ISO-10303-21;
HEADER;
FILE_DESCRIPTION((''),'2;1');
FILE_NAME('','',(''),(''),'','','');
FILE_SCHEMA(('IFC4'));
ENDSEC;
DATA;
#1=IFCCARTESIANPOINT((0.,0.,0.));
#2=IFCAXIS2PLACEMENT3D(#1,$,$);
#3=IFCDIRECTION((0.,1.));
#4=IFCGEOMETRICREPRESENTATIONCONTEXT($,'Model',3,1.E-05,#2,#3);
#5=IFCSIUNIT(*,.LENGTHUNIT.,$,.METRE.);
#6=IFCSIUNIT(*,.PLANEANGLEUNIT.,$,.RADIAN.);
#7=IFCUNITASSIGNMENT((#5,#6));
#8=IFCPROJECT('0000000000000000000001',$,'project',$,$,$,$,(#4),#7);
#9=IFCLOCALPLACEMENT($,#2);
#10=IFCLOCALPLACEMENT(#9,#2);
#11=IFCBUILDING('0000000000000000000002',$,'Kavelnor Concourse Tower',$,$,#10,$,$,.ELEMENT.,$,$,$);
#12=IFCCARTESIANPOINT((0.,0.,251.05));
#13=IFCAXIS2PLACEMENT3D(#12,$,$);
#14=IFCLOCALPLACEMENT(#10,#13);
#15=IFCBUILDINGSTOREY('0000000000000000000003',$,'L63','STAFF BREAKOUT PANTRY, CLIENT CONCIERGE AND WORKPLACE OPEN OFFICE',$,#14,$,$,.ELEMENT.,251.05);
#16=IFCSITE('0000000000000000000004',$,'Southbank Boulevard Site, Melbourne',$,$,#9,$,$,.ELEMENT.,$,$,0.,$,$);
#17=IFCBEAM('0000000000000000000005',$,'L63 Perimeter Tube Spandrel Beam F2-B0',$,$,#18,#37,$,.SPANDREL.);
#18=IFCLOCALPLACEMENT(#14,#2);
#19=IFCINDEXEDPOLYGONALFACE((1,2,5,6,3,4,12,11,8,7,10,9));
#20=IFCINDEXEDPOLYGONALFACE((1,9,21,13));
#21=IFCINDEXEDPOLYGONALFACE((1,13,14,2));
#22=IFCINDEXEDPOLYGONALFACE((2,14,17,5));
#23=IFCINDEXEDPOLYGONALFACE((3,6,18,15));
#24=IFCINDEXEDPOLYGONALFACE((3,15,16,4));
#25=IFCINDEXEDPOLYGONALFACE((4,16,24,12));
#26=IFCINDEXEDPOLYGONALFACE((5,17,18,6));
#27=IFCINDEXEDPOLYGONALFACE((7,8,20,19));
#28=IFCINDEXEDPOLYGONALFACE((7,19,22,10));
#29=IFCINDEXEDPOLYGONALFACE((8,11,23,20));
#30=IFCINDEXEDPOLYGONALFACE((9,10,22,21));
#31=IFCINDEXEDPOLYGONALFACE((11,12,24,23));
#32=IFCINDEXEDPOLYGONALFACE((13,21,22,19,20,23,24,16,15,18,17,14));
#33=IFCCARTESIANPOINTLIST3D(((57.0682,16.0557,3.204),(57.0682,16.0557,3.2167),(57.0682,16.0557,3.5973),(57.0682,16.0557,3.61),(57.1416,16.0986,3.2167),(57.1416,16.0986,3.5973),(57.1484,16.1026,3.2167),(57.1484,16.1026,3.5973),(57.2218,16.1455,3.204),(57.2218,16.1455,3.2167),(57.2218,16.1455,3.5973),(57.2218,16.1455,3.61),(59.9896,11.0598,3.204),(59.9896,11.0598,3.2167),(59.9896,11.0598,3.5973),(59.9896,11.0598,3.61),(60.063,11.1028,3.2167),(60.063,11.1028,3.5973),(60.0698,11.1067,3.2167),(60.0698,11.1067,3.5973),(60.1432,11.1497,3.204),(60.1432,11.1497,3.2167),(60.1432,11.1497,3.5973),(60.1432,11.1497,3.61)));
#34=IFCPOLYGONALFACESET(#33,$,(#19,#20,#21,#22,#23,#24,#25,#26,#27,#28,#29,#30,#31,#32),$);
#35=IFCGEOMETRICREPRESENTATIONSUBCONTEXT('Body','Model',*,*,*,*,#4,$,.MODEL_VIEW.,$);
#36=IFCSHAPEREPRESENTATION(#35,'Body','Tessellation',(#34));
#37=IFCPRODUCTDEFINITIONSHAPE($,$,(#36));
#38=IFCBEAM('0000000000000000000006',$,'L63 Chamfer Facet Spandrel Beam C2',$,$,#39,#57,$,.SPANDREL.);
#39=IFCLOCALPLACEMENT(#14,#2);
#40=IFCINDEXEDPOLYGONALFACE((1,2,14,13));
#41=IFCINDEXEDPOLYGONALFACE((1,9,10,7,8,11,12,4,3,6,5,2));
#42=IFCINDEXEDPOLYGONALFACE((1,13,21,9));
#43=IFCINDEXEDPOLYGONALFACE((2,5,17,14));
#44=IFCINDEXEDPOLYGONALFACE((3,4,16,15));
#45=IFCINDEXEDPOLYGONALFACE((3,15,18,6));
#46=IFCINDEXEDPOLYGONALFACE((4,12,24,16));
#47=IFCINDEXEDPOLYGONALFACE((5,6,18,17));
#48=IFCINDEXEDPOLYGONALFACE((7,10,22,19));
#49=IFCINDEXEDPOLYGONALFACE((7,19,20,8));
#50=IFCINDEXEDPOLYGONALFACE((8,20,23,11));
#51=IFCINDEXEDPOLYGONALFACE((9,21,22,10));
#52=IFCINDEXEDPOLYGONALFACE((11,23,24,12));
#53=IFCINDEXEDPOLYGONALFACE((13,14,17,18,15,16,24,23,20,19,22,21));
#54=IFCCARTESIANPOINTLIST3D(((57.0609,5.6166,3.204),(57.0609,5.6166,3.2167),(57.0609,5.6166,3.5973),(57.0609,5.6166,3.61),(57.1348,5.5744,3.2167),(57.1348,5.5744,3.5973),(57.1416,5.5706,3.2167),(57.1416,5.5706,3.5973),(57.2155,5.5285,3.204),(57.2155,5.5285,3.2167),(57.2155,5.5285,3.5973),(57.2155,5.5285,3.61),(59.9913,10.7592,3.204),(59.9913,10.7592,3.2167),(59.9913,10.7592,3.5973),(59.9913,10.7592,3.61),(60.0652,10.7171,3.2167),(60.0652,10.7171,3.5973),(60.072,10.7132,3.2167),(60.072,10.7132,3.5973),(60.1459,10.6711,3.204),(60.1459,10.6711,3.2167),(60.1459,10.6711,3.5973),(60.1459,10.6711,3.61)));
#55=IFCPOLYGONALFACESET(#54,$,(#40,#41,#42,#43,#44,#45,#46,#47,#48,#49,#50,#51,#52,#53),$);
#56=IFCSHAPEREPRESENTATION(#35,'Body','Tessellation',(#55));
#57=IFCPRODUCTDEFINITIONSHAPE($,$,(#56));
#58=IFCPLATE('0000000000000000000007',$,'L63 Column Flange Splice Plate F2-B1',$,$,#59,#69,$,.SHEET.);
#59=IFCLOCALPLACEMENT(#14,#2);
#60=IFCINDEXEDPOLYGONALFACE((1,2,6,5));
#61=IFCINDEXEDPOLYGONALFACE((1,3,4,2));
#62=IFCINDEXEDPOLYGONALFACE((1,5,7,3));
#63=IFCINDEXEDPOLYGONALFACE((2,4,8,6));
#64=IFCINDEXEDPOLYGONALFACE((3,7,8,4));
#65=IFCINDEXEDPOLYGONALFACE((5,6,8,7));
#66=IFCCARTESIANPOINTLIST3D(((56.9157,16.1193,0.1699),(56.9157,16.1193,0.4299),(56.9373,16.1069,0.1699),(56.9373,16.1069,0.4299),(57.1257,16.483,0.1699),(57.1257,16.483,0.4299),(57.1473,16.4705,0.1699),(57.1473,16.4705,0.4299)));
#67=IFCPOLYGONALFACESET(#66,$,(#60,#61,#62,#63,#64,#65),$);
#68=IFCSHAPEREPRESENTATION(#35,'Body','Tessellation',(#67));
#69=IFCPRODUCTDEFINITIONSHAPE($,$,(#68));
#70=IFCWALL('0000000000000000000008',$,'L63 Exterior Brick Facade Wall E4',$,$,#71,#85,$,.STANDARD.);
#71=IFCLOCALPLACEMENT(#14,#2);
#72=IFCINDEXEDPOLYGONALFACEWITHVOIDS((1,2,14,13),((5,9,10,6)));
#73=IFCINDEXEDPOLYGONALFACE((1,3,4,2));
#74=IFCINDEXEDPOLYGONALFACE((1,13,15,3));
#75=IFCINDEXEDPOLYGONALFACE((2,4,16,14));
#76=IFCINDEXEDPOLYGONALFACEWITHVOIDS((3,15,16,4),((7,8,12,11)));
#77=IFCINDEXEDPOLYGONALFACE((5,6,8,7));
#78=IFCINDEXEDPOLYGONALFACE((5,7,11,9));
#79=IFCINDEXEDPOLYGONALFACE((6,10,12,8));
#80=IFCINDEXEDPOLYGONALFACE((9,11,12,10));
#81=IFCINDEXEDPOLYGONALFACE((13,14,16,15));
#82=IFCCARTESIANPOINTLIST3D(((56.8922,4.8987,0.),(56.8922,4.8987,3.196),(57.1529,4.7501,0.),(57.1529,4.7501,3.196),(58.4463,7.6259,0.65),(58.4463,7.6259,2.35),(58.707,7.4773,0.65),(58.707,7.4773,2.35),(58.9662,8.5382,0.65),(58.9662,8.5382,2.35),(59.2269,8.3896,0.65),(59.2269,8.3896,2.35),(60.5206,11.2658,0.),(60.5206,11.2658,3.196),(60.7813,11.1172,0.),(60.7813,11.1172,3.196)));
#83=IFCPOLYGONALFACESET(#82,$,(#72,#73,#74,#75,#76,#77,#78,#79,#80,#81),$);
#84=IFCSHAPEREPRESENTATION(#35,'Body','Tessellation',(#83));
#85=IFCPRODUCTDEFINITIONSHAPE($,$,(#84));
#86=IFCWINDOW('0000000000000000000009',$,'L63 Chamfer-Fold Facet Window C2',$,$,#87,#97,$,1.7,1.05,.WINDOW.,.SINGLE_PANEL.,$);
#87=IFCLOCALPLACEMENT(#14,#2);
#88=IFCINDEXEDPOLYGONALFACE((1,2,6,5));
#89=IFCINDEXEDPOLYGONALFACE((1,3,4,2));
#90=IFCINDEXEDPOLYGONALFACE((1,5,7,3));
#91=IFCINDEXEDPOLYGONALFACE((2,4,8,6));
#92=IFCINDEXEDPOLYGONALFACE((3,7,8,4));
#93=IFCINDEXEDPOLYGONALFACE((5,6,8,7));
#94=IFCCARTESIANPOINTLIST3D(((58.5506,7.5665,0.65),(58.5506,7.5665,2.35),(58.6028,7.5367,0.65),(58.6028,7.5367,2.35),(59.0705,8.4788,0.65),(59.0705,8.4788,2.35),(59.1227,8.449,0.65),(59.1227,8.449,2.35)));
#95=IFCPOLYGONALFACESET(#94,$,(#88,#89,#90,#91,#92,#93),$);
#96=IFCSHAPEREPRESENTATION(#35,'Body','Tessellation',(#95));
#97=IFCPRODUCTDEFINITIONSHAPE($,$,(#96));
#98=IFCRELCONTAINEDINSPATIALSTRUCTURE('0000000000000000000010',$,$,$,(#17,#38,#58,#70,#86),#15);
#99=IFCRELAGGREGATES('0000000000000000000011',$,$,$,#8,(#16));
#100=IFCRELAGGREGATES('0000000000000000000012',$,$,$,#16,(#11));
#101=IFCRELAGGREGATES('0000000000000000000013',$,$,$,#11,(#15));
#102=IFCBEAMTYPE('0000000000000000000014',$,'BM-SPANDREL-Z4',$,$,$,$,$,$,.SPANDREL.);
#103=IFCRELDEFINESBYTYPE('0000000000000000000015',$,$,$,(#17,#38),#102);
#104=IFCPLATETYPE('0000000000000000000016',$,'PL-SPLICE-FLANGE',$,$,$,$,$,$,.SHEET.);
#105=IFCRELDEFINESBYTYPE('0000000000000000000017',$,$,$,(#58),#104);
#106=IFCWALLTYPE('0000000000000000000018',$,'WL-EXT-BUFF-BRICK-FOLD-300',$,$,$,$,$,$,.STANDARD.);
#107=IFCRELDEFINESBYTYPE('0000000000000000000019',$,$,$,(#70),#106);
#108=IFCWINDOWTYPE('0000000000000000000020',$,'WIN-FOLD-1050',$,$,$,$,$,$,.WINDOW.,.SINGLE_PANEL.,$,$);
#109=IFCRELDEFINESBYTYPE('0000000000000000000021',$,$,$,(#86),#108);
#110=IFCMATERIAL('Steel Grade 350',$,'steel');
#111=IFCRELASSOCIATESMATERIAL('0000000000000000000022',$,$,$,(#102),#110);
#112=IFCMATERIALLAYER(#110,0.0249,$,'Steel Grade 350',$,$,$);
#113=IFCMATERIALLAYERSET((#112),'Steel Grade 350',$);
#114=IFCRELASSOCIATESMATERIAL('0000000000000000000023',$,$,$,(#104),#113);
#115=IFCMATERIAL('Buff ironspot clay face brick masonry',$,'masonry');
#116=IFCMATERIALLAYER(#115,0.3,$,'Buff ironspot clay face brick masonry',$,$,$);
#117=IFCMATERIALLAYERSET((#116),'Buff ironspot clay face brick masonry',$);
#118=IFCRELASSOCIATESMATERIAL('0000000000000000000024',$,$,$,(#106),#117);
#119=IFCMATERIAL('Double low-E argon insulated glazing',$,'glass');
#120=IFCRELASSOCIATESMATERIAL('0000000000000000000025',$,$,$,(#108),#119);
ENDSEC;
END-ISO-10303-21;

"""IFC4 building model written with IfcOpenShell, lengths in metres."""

from ifc_helpers import new_model, si_unit, direction, frame, frame_2d, origin, origin_2d, place, context, subcontext, project, spatial, rectangle, i_section, extrude, material, layer, layer_set, material_profile, profile_set, type_object, element, fill, save


model = new_model("IFC4")

# Units and contexts
model_context = context("Model", 3, precision=1e-05, world=origin(), true_north=direction((0.0, 1.0)))
body_context = subcontext(model_context, "Body", "Model", "MODEL_VIEW")
ifc_project = project(units=[si_unit("LENGTHUNIT", "METRE"), si_unit("PLANEANGLEUNIT", "RADIAN")], contexts=[model_context])

# Site, building, storey
site_placement = place(None, origin())
site = spatial("IfcSite", under=ifc_project, at=site_placement, Name="Southbank Boulevard Site, Melbourne", CompositionType="ELEMENT", RefElevation=0.0)
building_placement = place(site_placement, origin())
building = spatial("IfcBuilding", under=site, at=building_placement, Name="Kavelnor Concourse Tower", CompositionType="ELEMENT")
storey_placement = place(building_placement, frame((0.0, 0.0, 251.05)))
storey = spatial("IfcBuildingStorey", under=building, at=storey_placement, Name="L63", Description="STAFF BREAKOUT PANTRY, CLIENT CONCIERGE AND WORKPLACE OPEN OFFICE", CompositionType="ELEMENT", Elevation=251.05)

# Shared definitions
ifc_material_1 = material(Name="Steel Grade 350", Category="steel")

# Beams
ifc_material_profile_1 = material_profile(ifc_material_1, i_section(OverallWidth=0.178, OverallDepth=0.406, WebThickness=0.0078, FlangeThickness=0.0127, at=origin_2d()), Name="410UB59")
ifc_profile_set_1 = profile_set([ifc_material_profile_1], Name="Steel Grade 350")
beam_type_1 = type_object("IfcBeamType", Name="BM-SPANDREL-Z4", PredefinedType="SPANDREL", material=ifc_profile_set_1)
beam_1_placement = place(storey_placement, frame((60.0664, 11.1047, 3.407), z_axis=(-0.504791, 0.863241, 0.0), x_axis=(-0.863241, -0.504791, 0.0)))
element("IfcBeam", 1, at=beam_1_placement, inside=storey, type_object=beam_type_1, Name="L63 Perimeter Tube Spandrel Beam F2-B0", PredefinedType="SPANDREL", context=body_context, shape_type="SweptSolid", body=[
    extrude(i_section(OverallWidth=0.178, OverallDepth=0.406, WebThickness=0.0078, FlangeThickness=0.0127, at=origin_2d()), origin(), (0.0, 0.0, 1.0), 5.7874),
])
beam_2_placement = place(storey_placement, frame((57.1382, 5.5725, 3.407), z_axis=(0.495095, 0.868839, 0.0), x_axis=(-0.868839, 0.495095, 0.0)))
element("IfcBeam", 2, at=beam_2_placement, inside=storey, type_object=beam_type_1, Name="L63 Chamfer Facet Spandrel Beam C2", PredefinedType="SPANDREL", context=body_context, shape_type="SweptSolid", body=[
    extrude(i_section(OverallWidth=0.178, OverallDepth=0.406, WebThickness=0.0078, FlangeThickness=0.0127, at=origin_2d()), origin(), (0.0, 0.0, 1.0), 5.9189),
])

# Plate
ifc_layer_1 = layer(ifc_material_1, 0.0249, Name="Steel Grade 350")
ifc_layer_set_1 = layer_set([ifc_layer_1], Name="Steel Grade 350")
plate_type = type_object("IfcPlateType", Name="PL-SPLICE-FLANGE", PredefinedType="SHEET", material=ifc_layer_set_1)
plate_placement = place(storey_placement, frame((57.0315, 16.2949, 0.1699), z_axis=(0.0, 0.0, 1.0), x_axis=(-0.5, -0.866025, 0.0)))
element("IfcPlate", 3, at=plate_placement, inside=storey, type_object=plate_type, Name="L63 Column Flange Splice Plate F2-B1", PredefinedType="SHEET", context=body_context, shape_type="SweptSolid", body=[
    extrude(rectangle(XDim=0.4199, YDim=0.0249, at=origin_2d()), origin(), (0.0, 0.0, 1.0), 0.26),
])

# Wall, opening, window
ifc_material_2 = material(Name="Buff ironspot clay face brick masonry", Category="masonry")
ifc_layer_2 = layer(ifc_material_2, 0.3, Name="Buff ironspot clay face brick masonry")
ifc_layer_set_2 = layer_set([ifc_layer_2], Name="Buff ironspot clay face brick masonry")
wall_type_1 = type_object("IfcWallType", Name="WL-EXT-BUFF-BRICK-FOLD-300", PredefinedType="STANDARD", material=ifc_layer_set_2)
wall_1_placement = place(storey_placement, frame((60.6509, 11.1914, 0.0), z_axis=(0.0, 0.0, 1.0), x_axis=(-0.495113, -0.868829, 0.0)))
wall_1 = element("IfcWall", 4, at=wall_1_placement, inside=storey, type_object=wall_type_1, Name="L63 Exterior Brick Facade Wall E4", PredefinedType="STANDARD", context=body_context, shape_type="SweptSolid", body=[
    extrude(rectangle(XDim=7.3284, YDim=0.3, at=frame_2d((3.6641, 0.0))), origin(), (0.0, 0.0, 1.0), 3.196),
])
opening_1_placement = place(wall_1_placement, frame((3.1394, 0.0, 0.6499)))
opening_1 = element("IfcOpeningElement", 5, at=opening_1_placement, cuts=wall_1, PredefinedType="OPENING", context=body_context, shape_type="SweptSolid", body=[
    extrude(rectangle(XDim=1.05, YDim=1.7, at=frame_2d((0.5249, 0.8501))), frame((0.0, 0.1602, 0.0), z_axis=(0.0, -1.0, 0.0), x_axis=(1.0, 0.0, 0.0)), (0.0, 0.0, 1.0), 0.3201),
])
ifc_material_3 = material(Name="Double low-E argon insulated glazing", Category="glass")
window_type_1 = type_object("IfcWindowType", Name="WIN-FOLD-1050", PartitioningType="SINGLE_PANEL", PredefinedType="WINDOW", material=ifc_material_3)
window_1_placement = place(opening_1_placement, origin())
window_1 = element("IfcWindow", 6, at=window_1_placement, inside=storey, type_object=window_type_1, Name="L63 Chamfer-Fold Facet Window C2", OverallHeight=1.7, OverallWidth=1.05, PartitioningType="SINGLE_PANEL", PredefinedType="WINDOW", context=body_context, shape_type="SweptSolid", body=[
    extrude(rectangle(XDim=1.05, YDim=1.7, at=frame_2d((0.5249, 0.8501))), frame((0.0, 0.03, 0.0), z_axis=(0.0, -1.0, 0.0), x_axis=(1.0, 0.0, 0.0)), (0.0, 0.0, 1.0), 0.0601),
])
fill(opening_1, window_1)

save(model, "model.ifc")
